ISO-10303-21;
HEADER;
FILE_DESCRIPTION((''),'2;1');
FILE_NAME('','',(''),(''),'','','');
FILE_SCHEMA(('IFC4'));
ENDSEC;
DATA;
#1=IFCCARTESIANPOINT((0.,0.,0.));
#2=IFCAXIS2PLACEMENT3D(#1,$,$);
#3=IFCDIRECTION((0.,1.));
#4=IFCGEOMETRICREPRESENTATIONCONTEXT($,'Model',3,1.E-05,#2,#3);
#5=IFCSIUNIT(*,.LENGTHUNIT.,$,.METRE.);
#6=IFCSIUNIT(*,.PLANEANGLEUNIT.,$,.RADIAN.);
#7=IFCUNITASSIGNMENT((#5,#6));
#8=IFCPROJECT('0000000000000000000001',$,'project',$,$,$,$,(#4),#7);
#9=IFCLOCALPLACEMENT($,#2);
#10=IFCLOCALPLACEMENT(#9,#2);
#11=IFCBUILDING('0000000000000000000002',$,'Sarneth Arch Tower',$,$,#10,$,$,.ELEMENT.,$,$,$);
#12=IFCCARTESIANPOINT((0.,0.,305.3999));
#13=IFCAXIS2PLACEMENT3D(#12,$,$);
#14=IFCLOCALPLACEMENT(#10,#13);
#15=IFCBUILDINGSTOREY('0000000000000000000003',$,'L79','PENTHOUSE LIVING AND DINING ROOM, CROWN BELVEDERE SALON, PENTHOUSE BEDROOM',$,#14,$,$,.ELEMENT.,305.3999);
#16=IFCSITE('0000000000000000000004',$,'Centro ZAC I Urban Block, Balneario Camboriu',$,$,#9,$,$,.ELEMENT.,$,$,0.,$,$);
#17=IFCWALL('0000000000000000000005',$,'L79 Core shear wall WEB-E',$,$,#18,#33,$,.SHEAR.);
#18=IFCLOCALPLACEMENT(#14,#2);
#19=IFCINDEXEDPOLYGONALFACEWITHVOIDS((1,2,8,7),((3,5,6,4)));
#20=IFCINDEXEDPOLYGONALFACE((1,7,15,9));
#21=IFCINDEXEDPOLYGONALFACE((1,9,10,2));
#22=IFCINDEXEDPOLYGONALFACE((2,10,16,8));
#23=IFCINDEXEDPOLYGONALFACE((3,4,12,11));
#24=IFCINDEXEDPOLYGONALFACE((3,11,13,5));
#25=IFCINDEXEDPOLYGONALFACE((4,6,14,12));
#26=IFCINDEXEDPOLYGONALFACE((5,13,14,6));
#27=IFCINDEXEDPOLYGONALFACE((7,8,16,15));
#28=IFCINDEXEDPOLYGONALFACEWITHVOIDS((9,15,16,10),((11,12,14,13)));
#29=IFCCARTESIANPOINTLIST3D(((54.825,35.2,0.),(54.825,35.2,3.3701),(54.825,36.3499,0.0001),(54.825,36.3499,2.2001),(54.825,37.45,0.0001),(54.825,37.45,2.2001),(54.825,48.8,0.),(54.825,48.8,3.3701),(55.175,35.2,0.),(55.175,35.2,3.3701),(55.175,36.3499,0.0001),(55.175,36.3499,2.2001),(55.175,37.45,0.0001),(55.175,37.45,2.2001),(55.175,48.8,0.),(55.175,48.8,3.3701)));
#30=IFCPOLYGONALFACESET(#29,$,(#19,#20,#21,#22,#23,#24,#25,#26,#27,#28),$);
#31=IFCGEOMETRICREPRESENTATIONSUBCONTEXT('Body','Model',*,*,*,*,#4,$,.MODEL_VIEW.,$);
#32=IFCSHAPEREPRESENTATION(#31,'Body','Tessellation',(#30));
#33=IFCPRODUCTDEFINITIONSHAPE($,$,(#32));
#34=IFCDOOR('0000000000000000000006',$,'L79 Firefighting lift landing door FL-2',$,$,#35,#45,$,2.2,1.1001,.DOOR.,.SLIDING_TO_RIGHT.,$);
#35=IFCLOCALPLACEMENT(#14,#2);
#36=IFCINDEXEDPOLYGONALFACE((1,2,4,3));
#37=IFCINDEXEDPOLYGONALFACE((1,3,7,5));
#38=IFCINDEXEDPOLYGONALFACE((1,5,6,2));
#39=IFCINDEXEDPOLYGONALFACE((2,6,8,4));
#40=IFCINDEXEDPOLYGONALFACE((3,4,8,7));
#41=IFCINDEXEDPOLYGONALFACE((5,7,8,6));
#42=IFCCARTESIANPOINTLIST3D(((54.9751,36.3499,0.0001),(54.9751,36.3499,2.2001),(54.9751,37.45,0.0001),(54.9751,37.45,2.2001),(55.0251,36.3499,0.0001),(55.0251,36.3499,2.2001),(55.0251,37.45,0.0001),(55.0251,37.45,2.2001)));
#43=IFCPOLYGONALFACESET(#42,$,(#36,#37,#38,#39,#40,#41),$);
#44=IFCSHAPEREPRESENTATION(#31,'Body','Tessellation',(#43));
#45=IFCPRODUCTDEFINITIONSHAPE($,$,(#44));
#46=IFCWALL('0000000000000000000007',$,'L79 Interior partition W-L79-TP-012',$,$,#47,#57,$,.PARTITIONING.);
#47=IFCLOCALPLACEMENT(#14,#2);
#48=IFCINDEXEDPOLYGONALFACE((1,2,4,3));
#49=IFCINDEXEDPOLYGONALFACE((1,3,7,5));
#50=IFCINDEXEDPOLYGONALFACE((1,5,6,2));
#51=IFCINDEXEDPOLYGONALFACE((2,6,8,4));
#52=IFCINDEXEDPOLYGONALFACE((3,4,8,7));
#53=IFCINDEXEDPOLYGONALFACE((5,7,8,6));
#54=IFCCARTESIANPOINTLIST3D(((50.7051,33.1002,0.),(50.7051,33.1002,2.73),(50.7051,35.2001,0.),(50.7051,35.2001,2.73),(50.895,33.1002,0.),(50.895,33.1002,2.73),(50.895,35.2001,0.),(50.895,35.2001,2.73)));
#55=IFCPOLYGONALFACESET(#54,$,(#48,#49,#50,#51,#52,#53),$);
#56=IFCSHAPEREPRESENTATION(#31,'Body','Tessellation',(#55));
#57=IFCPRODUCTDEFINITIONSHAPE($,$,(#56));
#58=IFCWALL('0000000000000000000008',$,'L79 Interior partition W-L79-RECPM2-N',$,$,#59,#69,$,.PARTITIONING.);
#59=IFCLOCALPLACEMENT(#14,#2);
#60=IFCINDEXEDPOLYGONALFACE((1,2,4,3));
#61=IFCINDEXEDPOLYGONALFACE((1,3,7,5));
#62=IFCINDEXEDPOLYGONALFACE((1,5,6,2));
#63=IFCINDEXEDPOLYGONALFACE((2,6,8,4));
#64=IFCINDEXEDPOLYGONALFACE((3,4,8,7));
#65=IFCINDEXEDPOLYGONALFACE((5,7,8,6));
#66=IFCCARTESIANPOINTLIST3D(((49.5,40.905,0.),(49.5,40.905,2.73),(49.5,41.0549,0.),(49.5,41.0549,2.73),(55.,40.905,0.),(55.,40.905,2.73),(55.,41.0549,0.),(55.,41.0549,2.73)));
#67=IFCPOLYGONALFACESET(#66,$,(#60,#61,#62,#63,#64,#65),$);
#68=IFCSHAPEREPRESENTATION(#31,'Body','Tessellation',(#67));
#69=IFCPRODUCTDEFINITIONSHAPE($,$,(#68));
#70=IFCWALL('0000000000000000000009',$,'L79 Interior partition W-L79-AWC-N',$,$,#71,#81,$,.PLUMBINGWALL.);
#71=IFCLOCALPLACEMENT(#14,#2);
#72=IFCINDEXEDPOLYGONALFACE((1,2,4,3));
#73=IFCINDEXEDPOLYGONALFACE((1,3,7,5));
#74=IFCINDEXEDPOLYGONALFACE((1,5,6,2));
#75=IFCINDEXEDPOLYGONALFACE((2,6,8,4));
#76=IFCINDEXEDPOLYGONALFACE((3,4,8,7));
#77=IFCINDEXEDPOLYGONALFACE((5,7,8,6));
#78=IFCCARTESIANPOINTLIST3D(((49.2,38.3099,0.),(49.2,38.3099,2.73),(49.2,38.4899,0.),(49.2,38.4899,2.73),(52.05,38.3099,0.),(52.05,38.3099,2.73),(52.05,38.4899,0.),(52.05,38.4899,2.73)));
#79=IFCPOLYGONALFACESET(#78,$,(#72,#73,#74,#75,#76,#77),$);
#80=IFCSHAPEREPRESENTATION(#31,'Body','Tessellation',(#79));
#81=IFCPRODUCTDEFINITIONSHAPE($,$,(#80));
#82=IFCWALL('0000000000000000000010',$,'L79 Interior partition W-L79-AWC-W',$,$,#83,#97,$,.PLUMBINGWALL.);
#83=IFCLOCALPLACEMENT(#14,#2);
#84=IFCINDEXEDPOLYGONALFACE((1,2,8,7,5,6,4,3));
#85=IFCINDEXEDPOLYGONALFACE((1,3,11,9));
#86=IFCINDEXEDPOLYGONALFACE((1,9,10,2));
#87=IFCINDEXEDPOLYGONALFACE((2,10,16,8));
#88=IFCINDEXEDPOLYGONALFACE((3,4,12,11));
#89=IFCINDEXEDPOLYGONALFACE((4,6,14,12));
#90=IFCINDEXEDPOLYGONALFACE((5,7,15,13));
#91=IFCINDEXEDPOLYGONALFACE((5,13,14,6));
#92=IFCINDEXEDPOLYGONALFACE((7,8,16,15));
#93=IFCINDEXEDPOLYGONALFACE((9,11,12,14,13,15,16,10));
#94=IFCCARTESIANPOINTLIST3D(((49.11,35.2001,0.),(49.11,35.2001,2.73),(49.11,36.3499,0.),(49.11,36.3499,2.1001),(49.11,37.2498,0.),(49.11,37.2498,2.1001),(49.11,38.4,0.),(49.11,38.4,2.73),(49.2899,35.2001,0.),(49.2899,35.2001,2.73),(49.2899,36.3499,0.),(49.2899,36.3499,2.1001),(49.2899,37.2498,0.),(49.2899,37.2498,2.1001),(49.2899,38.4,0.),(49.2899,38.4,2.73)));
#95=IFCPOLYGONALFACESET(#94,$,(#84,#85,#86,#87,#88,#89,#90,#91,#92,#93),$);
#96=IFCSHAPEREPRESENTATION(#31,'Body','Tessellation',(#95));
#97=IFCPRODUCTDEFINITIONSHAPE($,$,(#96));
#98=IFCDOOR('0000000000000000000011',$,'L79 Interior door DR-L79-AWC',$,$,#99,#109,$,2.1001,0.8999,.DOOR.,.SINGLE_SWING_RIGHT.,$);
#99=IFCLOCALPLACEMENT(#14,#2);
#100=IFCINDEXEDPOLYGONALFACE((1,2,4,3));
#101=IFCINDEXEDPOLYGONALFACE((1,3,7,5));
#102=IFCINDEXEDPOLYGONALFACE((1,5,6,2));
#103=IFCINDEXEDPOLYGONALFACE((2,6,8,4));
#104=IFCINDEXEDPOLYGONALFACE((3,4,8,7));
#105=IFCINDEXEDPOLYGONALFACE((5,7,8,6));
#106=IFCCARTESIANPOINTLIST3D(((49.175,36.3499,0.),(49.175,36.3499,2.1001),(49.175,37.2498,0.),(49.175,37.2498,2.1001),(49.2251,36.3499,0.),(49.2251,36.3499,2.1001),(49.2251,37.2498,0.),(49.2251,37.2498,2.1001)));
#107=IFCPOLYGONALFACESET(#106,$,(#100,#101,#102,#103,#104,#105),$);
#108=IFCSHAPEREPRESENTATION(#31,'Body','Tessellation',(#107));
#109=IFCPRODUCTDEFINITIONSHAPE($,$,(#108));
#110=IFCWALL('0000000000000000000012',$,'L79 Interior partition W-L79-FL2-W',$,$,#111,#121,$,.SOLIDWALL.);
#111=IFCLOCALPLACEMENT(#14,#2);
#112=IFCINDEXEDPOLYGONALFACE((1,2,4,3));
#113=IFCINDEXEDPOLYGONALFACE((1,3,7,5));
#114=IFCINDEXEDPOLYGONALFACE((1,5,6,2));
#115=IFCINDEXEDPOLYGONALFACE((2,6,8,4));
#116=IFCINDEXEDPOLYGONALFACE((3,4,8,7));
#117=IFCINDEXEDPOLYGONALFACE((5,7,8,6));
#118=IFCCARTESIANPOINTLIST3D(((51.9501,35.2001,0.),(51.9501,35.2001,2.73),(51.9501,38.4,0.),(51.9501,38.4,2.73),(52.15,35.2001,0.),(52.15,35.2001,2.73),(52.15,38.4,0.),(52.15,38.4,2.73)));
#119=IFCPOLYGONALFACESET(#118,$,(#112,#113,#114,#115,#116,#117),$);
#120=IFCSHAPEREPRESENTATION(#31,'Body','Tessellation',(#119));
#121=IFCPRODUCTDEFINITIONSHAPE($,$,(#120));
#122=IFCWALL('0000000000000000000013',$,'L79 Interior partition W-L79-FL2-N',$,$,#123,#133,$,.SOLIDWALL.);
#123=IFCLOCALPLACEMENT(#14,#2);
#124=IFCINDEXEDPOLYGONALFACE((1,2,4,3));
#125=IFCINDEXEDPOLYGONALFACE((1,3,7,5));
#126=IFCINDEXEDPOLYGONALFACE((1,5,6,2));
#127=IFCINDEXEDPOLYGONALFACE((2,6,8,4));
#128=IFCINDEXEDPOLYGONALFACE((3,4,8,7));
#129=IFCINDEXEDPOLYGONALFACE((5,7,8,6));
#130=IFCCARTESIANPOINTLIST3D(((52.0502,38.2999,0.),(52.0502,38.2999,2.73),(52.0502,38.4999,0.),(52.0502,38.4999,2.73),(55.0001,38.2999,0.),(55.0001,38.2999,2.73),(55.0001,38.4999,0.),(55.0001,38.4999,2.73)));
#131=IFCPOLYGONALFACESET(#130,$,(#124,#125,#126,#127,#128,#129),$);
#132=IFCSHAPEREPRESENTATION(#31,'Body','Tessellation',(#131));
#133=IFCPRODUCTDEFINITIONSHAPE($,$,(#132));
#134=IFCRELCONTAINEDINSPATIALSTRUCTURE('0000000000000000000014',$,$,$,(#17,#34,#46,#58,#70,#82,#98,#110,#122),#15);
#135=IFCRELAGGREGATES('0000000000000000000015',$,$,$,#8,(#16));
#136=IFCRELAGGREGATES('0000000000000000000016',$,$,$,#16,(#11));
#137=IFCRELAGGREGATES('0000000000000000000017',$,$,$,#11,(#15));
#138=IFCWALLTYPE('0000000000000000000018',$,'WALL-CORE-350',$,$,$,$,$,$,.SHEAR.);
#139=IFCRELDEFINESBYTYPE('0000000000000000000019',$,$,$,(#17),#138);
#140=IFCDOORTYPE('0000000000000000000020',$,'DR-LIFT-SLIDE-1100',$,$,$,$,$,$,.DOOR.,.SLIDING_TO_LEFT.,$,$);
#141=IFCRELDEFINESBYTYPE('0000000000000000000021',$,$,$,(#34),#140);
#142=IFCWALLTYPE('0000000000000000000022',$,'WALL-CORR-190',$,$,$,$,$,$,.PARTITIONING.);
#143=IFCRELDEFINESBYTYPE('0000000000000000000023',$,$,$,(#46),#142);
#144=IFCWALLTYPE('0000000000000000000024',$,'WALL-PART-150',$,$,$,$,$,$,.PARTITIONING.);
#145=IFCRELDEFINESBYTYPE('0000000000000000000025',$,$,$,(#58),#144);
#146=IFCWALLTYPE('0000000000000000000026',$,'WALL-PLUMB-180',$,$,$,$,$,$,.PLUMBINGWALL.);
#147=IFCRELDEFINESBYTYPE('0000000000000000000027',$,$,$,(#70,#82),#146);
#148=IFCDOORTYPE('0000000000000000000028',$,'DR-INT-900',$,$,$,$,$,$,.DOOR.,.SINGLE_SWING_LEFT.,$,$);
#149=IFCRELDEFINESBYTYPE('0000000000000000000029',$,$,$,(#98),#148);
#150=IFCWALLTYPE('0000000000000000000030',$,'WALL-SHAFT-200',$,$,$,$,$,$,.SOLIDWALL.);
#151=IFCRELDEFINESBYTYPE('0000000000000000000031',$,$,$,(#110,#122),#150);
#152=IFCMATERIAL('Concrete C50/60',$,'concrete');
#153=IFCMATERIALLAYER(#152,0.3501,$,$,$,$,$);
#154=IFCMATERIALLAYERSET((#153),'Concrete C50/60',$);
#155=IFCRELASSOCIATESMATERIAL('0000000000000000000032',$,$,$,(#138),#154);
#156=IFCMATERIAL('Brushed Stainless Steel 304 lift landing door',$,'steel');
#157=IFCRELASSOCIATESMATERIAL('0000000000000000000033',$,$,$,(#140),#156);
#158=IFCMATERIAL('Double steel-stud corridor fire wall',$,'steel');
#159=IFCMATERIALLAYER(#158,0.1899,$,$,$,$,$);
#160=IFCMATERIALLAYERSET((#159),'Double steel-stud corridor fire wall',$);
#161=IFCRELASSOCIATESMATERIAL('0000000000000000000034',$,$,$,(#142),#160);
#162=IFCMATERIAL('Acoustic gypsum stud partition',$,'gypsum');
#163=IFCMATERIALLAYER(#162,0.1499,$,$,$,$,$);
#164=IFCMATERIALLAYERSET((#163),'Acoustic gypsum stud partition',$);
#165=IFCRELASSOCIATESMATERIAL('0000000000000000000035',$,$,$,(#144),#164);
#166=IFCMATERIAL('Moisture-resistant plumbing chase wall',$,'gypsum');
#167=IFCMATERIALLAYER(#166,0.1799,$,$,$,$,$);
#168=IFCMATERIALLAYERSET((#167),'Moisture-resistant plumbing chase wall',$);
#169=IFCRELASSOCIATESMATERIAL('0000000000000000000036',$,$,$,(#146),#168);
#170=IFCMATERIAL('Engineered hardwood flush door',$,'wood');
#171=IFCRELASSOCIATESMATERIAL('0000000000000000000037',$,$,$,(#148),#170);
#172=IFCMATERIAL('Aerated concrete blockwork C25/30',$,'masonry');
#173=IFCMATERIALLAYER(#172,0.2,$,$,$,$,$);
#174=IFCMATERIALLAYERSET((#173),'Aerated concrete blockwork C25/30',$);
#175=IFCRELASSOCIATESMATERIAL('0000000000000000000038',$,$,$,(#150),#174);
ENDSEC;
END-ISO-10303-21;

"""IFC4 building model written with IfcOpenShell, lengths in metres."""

from ifc_helpers import new_model, si_unit, direction, frame, frame_2d, origin, place, context, subcontext, project, spatial, rectangle, extrude, material, layer, layer_set, type_object, element, fill, save


model = new_model("IFC4")

# Units and contexts
model_context = context("Model", 3, precision=1e-05, world=origin(), true_north=direction((0.0, 1.0)))
body_context = subcontext(model_context, "Body", "Model", "MODEL_VIEW")
ifc_project = project(units=[si_unit("LENGTHUNIT", "METRE"), si_unit("PLANEANGLEUNIT", "RADIAN")], contexts=[model_context])

# Site, building, storey
site_placement = place(None, origin())
site = spatial("IfcSite", under=ifc_project, at=site_placement, Name="Centro ZAC I Urban Block, Balneario Camboriu", CompositionType="ELEMENT", RefElevation=0.0)
building_placement = place(site_placement, origin())
building = spatial("IfcBuilding", under=site, at=building_placement, Name="Sarneth Arch Tower", CompositionType="ELEMENT")
storey_placement = place(building_placement, frame((0.0, 0.0, 305.3999)))
storey = spatial("IfcBuildingStorey", under=building, at=storey_placement, Name="L79", Description="PENTHOUSE LIVING AND DINING ROOM, CROWN BELVEDERE SALON, PENTHOUSE BEDROOM", CompositionType="ELEMENT", Elevation=305.3999)

# Shared definitions
ifc_material_1 = material(Name="Concrete C50/60", Category="concrete")
ifc_layer_1 = layer(ifc_material_1, 0.3501)
ifc_layer_set_1 = layer_set([ifc_layer_1], Name="Concrete C50/60")
wall_type_1 = type_object("IfcWallType", Name="WALL-CORE-350", PredefinedType="SHEAR", material=ifc_layer_set_1)

# Wall, opening, door
wall_1_placement = place(storey_placement, frame((55.0, 35.2, 0.0), z_axis=(0.0, 0.0, 1.0), x_axis=(0.0, 1.0, 0.0)))
wall_1 = element("IfcWall", 1, at=wall_1_placement, inside=storey, type_object=wall_type_1, Name="L79 Core shear wall WEB-E", PredefinedType="SHEAR", context=body_context, shape_type="SweptSolid", body=[
    extrude(rectangle(XDim=13.6001, YDim=0.3501, at=frame_2d((6.8, 0.0))), origin(), (0.0, 0.0, 1.0), 3.3701),
])
opening_1_placement = place(wall_1_placement, frame((1.1499, 0.0, 0.0)))
opening_1 = element("IfcOpeningElement", 2, at=opening_1_placement, cuts=wall_1, PredefinedType="OPENING", context=body_context, shape_type="SweptSolid", body=[
    extrude(rectangle(XDim=1.1001, YDim=2.2, at=frame_2d((0.55, 1.1001))), frame((0.0, 0.1851, 0.0), z_axis=(0.0, -1.0, 0.0), x_axis=(1.0, 0.0, 0.0)), (0.0, 0.0, 1.0), 0.3701),
])
ifc_material_2 = material(Name="Brushed Stainless Steel 304 lift landing door", Category="steel")
door_type_1 = type_object("IfcDoorType", Name="DR-LIFT-SLIDE-1100", OperationType="SLIDING_TO_LEFT", PredefinedType="DOOR", material=ifc_material_2)
door_1_placement = place(opening_1_placement, origin())
door_1 = element("IfcDoor", 3, at=door_1_placement, inside=storey, type_object=door_type_1, Name="L79 Firefighting lift landing door FL-2", OperationType="SLIDING_TO_RIGHT", OverallHeight=2.2, OverallWidth=1.1001, PredefinedType="DOOR", context=body_context, shape_type="SweptSolid", body=[
    extrude(rectangle(XDim=1.1001, YDim=2.2, at=frame_2d((0.55, 1.1001))), frame((0.0, 0.0249, 0.0), z_axis=(0.0, -1.0, 0.0), x_axis=(1.0, 0.0, 0.0)), (0.0, 0.0, 1.0), 0.05),
])
fill(opening_1, door_1)

# Walls
ifc_material_3 = material(Name="Double steel-stud corridor fire wall", Category="steel")
ifc_layer_2 = layer(ifc_material_3, 0.1899)
ifc_layer_set_2 = layer_set([ifc_layer_2], Name="Double steel-stud corridor fire wall")
wall_type_2 = type_object("IfcWallType", Name="WALL-CORR-190", PredefinedType="PARTITIONING", material=ifc_layer_set_2)
wall_2_placement = place(storey_placement, frame((50.8, 35.2, 0.0), z_axis=(0.0, 0.0, 1.0), x_axis=(0.0, -1.0, 0.0)))
element("IfcWall", 4, at=wall_2_placement, inside=storey, type_object=wall_type_2, Name="L79 Interior partition W-L79-TP-012", PredefinedType="PARTITIONING", context=body_context, shape_type="SweptSolid", body=[
    extrude(rectangle(XDim=2.0999, YDim=0.1899, at=frame_2d((1.0498, 0.0))), origin(), (0.0, 0.0, 1.0), 2.73),
])
ifc_material_4 = material(Name="Acoustic gypsum stud partition", Category="gypsum")
ifc_layer_3 = layer(ifc_material_4, 0.1499)
ifc_layer_set_3 = layer_set([ifc_layer_3], Name="Acoustic gypsum stud partition")
wall_type_3 = type_object("IfcWallType", Name="WALL-PART-150", PredefinedType="PARTITIONING", material=ifc_layer_set_3)
wall_3_placement = place(storey_placement, frame((49.5, 40.98, 0.0), z_axis=(0.0, 0.0, 1.0), x_axis=(1.0, 0.0, 0.0)))
element("IfcWall", 5, at=wall_3_placement, inside=storey, type_object=wall_type_3, Name="L79 Interior partition W-L79-RECPM2-N", PredefinedType="PARTITIONING", context=body_context, shape_type="SweptSolid", body=[
    extrude(rectangle(XDim=5.5, YDim=0.1499, at=frame_2d((2.75, 0.0))), origin(), (0.0, 0.0, 1.0), 2.73),
])

# Wall
ifc_material_5 = material(Name="Moisture-resistant plumbing chase wall", Category="gypsum")
ifc_layer_4 = layer(ifc_material_5, 0.1799)
ifc_layer_set_4 = layer_set([ifc_layer_4], Name="Moisture-resistant plumbing chase wall")
wall_type_4 = type_object("IfcWallType", Name="WALL-PLUMB-180", PredefinedType="PLUMBINGWALL", material=ifc_layer_set_4)
wall_4_placement = place(storey_placement, frame((49.2, 38.3999, 0.0), z_axis=(0.0, 0.0, 1.0), x_axis=(1.0, 0.0, 0.0)))
element("IfcWall", 6, at=wall_4_placement, inside=storey, type_object=wall_type_4, Name="L79 Interior partition W-L79-AWC-N", PredefinedType="PLUMBINGWALL", context=body_context, shape_type="SweptSolid", body=[
    extrude(rectangle(XDim=2.8501, YDim=0.1799, at=frame_2d((1.425, 0.0))), origin(), (0.0, 0.0, 1.0), 2.73),
])

# Wall, opening, door
wall_5_placement = place(storey_placement, frame((49.2, 35.2, 0.0), z_axis=(0.0, 0.0, 1.0), x_axis=(0.0, 1.0, 0.0)))
wall_5 = element("IfcWall", 7, at=wall_5_placement, inside=storey, type_object=wall_type_4, Name="L79 Interior partition W-L79-AWC-W", PredefinedType="PLUMBINGWALL", context=body_context, shape_type="SweptSolid", body=[
    extrude(rectangle(XDim=3.2, YDim=0.1799, at=frame_2d((1.6001, 0.0))), origin(), (0.0, 0.0, 1.0), 2.73),
])
opening_2_placement = place(wall_5_placement, frame((1.1499, 0.0, 0.0)))
opening_2 = element("IfcOpeningElement", 8, at=opening_2_placement, cuts=wall_5, PredefinedType="OPENING", context=body_context, shape_type="SweptSolid", body=[
    extrude(rectangle(XDim=0.8999, YDim=2.1001, at=frame_2d((0.45, 1.05))), frame((0.0, 0.0999, 0.0), z_axis=(0.0, -1.0, 0.0), x_axis=(1.0, 0.0, 0.0)), (0.0, 0.0, 1.0), 0.2),
])
ifc_material_6 = material(Name="Engineered hardwood flush door", Category="wood")
door_type_2 = type_object("IfcDoorType", Name="DR-INT-900", OperationType="SINGLE_SWING_LEFT", PredefinedType="DOOR", material=ifc_material_6)
door_2_placement = place(opening_2_placement, origin())
door_2 = element("IfcDoor", 9, at=door_2_placement, inside=storey, type_object=door_type_2, Name="L79 Interior door DR-L79-AWC", OperationType="SINGLE_SWING_RIGHT", OverallHeight=2.1001, OverallWidth=0.8999, PredefinedType="DOOR", context=body_context, shape_type="SweptSolid", body=[
    extrude(rectangle(XDim=0.8999, YDim=2.1001, at=frame_2d((0.45, 1.05))), frame((0.0, 0.0249, 0.0), z_axis=(0.0, -1.0, 0.0), x_axis=(1.0, 0.0, 0.0)), (0.0, 0.0, 1.0), 0.05),
])
fill(opening_2, door_2)
ifc_material_7 = material(Name="Aerated concrete blockwork C25/30", Category="masonry")
ifc_layer_5 = layer(ifc_material_7, 0.2)
ifc_layer_set_5 = layer_set([ifc_layer_5], Name="Aerated concrete blockwork C25/30")
wall_type_5 = type_object("IfcWallType", Name="WALL-SHAFT-200", PredefinedType="SOLIDWALL", material=ifc_layer_set_5)

# Walls
wall_6_placement = place(storey_placement, frame((52.05, 35.2, 0.0), z_axis=(0.0, 0.0, 1.0), x_axis=(0.0, 1.0, 0.0)))
element("IfcWall", 10, at=wall_6_placement, inside=storey, type_object=wall_type_5, Name="L79 Interior partition W-L79-FL2-W", PredefinedType="SOLIDWALL", context=body_context, shape_type="SweptSolid", body=[
    extrude(rectangle(XDim=3.2, YDim=0.2, at=frame_2d((1.6001, 0.0))), origin(), (0.0, 0.0, 1.0), 2.73),
])
wall_7_placement = place(storey_placement, frame((52.05, 38.3999, 0.0), z_axis=(0.0, 0.0, 1.0), x_axis=(1.0, 0.0, 0.0)))
element("IfcWall", 11, at=wall_7_placement, inside=storey, type_object=wall_type_5, Name="L79 Interior partition W-L79-FL2-N", PredefinedType="SOLIDWALL", context=body_context, shape_type="SweptSolid", body=[
    extrude(rectangle(XDim=2.95, YDim=0.2, at=frame_2d((1.4751, 0.0))), origin(), (0.0, 0.0, 1.0), 2.73),
])

save(model, "model.ifc")
